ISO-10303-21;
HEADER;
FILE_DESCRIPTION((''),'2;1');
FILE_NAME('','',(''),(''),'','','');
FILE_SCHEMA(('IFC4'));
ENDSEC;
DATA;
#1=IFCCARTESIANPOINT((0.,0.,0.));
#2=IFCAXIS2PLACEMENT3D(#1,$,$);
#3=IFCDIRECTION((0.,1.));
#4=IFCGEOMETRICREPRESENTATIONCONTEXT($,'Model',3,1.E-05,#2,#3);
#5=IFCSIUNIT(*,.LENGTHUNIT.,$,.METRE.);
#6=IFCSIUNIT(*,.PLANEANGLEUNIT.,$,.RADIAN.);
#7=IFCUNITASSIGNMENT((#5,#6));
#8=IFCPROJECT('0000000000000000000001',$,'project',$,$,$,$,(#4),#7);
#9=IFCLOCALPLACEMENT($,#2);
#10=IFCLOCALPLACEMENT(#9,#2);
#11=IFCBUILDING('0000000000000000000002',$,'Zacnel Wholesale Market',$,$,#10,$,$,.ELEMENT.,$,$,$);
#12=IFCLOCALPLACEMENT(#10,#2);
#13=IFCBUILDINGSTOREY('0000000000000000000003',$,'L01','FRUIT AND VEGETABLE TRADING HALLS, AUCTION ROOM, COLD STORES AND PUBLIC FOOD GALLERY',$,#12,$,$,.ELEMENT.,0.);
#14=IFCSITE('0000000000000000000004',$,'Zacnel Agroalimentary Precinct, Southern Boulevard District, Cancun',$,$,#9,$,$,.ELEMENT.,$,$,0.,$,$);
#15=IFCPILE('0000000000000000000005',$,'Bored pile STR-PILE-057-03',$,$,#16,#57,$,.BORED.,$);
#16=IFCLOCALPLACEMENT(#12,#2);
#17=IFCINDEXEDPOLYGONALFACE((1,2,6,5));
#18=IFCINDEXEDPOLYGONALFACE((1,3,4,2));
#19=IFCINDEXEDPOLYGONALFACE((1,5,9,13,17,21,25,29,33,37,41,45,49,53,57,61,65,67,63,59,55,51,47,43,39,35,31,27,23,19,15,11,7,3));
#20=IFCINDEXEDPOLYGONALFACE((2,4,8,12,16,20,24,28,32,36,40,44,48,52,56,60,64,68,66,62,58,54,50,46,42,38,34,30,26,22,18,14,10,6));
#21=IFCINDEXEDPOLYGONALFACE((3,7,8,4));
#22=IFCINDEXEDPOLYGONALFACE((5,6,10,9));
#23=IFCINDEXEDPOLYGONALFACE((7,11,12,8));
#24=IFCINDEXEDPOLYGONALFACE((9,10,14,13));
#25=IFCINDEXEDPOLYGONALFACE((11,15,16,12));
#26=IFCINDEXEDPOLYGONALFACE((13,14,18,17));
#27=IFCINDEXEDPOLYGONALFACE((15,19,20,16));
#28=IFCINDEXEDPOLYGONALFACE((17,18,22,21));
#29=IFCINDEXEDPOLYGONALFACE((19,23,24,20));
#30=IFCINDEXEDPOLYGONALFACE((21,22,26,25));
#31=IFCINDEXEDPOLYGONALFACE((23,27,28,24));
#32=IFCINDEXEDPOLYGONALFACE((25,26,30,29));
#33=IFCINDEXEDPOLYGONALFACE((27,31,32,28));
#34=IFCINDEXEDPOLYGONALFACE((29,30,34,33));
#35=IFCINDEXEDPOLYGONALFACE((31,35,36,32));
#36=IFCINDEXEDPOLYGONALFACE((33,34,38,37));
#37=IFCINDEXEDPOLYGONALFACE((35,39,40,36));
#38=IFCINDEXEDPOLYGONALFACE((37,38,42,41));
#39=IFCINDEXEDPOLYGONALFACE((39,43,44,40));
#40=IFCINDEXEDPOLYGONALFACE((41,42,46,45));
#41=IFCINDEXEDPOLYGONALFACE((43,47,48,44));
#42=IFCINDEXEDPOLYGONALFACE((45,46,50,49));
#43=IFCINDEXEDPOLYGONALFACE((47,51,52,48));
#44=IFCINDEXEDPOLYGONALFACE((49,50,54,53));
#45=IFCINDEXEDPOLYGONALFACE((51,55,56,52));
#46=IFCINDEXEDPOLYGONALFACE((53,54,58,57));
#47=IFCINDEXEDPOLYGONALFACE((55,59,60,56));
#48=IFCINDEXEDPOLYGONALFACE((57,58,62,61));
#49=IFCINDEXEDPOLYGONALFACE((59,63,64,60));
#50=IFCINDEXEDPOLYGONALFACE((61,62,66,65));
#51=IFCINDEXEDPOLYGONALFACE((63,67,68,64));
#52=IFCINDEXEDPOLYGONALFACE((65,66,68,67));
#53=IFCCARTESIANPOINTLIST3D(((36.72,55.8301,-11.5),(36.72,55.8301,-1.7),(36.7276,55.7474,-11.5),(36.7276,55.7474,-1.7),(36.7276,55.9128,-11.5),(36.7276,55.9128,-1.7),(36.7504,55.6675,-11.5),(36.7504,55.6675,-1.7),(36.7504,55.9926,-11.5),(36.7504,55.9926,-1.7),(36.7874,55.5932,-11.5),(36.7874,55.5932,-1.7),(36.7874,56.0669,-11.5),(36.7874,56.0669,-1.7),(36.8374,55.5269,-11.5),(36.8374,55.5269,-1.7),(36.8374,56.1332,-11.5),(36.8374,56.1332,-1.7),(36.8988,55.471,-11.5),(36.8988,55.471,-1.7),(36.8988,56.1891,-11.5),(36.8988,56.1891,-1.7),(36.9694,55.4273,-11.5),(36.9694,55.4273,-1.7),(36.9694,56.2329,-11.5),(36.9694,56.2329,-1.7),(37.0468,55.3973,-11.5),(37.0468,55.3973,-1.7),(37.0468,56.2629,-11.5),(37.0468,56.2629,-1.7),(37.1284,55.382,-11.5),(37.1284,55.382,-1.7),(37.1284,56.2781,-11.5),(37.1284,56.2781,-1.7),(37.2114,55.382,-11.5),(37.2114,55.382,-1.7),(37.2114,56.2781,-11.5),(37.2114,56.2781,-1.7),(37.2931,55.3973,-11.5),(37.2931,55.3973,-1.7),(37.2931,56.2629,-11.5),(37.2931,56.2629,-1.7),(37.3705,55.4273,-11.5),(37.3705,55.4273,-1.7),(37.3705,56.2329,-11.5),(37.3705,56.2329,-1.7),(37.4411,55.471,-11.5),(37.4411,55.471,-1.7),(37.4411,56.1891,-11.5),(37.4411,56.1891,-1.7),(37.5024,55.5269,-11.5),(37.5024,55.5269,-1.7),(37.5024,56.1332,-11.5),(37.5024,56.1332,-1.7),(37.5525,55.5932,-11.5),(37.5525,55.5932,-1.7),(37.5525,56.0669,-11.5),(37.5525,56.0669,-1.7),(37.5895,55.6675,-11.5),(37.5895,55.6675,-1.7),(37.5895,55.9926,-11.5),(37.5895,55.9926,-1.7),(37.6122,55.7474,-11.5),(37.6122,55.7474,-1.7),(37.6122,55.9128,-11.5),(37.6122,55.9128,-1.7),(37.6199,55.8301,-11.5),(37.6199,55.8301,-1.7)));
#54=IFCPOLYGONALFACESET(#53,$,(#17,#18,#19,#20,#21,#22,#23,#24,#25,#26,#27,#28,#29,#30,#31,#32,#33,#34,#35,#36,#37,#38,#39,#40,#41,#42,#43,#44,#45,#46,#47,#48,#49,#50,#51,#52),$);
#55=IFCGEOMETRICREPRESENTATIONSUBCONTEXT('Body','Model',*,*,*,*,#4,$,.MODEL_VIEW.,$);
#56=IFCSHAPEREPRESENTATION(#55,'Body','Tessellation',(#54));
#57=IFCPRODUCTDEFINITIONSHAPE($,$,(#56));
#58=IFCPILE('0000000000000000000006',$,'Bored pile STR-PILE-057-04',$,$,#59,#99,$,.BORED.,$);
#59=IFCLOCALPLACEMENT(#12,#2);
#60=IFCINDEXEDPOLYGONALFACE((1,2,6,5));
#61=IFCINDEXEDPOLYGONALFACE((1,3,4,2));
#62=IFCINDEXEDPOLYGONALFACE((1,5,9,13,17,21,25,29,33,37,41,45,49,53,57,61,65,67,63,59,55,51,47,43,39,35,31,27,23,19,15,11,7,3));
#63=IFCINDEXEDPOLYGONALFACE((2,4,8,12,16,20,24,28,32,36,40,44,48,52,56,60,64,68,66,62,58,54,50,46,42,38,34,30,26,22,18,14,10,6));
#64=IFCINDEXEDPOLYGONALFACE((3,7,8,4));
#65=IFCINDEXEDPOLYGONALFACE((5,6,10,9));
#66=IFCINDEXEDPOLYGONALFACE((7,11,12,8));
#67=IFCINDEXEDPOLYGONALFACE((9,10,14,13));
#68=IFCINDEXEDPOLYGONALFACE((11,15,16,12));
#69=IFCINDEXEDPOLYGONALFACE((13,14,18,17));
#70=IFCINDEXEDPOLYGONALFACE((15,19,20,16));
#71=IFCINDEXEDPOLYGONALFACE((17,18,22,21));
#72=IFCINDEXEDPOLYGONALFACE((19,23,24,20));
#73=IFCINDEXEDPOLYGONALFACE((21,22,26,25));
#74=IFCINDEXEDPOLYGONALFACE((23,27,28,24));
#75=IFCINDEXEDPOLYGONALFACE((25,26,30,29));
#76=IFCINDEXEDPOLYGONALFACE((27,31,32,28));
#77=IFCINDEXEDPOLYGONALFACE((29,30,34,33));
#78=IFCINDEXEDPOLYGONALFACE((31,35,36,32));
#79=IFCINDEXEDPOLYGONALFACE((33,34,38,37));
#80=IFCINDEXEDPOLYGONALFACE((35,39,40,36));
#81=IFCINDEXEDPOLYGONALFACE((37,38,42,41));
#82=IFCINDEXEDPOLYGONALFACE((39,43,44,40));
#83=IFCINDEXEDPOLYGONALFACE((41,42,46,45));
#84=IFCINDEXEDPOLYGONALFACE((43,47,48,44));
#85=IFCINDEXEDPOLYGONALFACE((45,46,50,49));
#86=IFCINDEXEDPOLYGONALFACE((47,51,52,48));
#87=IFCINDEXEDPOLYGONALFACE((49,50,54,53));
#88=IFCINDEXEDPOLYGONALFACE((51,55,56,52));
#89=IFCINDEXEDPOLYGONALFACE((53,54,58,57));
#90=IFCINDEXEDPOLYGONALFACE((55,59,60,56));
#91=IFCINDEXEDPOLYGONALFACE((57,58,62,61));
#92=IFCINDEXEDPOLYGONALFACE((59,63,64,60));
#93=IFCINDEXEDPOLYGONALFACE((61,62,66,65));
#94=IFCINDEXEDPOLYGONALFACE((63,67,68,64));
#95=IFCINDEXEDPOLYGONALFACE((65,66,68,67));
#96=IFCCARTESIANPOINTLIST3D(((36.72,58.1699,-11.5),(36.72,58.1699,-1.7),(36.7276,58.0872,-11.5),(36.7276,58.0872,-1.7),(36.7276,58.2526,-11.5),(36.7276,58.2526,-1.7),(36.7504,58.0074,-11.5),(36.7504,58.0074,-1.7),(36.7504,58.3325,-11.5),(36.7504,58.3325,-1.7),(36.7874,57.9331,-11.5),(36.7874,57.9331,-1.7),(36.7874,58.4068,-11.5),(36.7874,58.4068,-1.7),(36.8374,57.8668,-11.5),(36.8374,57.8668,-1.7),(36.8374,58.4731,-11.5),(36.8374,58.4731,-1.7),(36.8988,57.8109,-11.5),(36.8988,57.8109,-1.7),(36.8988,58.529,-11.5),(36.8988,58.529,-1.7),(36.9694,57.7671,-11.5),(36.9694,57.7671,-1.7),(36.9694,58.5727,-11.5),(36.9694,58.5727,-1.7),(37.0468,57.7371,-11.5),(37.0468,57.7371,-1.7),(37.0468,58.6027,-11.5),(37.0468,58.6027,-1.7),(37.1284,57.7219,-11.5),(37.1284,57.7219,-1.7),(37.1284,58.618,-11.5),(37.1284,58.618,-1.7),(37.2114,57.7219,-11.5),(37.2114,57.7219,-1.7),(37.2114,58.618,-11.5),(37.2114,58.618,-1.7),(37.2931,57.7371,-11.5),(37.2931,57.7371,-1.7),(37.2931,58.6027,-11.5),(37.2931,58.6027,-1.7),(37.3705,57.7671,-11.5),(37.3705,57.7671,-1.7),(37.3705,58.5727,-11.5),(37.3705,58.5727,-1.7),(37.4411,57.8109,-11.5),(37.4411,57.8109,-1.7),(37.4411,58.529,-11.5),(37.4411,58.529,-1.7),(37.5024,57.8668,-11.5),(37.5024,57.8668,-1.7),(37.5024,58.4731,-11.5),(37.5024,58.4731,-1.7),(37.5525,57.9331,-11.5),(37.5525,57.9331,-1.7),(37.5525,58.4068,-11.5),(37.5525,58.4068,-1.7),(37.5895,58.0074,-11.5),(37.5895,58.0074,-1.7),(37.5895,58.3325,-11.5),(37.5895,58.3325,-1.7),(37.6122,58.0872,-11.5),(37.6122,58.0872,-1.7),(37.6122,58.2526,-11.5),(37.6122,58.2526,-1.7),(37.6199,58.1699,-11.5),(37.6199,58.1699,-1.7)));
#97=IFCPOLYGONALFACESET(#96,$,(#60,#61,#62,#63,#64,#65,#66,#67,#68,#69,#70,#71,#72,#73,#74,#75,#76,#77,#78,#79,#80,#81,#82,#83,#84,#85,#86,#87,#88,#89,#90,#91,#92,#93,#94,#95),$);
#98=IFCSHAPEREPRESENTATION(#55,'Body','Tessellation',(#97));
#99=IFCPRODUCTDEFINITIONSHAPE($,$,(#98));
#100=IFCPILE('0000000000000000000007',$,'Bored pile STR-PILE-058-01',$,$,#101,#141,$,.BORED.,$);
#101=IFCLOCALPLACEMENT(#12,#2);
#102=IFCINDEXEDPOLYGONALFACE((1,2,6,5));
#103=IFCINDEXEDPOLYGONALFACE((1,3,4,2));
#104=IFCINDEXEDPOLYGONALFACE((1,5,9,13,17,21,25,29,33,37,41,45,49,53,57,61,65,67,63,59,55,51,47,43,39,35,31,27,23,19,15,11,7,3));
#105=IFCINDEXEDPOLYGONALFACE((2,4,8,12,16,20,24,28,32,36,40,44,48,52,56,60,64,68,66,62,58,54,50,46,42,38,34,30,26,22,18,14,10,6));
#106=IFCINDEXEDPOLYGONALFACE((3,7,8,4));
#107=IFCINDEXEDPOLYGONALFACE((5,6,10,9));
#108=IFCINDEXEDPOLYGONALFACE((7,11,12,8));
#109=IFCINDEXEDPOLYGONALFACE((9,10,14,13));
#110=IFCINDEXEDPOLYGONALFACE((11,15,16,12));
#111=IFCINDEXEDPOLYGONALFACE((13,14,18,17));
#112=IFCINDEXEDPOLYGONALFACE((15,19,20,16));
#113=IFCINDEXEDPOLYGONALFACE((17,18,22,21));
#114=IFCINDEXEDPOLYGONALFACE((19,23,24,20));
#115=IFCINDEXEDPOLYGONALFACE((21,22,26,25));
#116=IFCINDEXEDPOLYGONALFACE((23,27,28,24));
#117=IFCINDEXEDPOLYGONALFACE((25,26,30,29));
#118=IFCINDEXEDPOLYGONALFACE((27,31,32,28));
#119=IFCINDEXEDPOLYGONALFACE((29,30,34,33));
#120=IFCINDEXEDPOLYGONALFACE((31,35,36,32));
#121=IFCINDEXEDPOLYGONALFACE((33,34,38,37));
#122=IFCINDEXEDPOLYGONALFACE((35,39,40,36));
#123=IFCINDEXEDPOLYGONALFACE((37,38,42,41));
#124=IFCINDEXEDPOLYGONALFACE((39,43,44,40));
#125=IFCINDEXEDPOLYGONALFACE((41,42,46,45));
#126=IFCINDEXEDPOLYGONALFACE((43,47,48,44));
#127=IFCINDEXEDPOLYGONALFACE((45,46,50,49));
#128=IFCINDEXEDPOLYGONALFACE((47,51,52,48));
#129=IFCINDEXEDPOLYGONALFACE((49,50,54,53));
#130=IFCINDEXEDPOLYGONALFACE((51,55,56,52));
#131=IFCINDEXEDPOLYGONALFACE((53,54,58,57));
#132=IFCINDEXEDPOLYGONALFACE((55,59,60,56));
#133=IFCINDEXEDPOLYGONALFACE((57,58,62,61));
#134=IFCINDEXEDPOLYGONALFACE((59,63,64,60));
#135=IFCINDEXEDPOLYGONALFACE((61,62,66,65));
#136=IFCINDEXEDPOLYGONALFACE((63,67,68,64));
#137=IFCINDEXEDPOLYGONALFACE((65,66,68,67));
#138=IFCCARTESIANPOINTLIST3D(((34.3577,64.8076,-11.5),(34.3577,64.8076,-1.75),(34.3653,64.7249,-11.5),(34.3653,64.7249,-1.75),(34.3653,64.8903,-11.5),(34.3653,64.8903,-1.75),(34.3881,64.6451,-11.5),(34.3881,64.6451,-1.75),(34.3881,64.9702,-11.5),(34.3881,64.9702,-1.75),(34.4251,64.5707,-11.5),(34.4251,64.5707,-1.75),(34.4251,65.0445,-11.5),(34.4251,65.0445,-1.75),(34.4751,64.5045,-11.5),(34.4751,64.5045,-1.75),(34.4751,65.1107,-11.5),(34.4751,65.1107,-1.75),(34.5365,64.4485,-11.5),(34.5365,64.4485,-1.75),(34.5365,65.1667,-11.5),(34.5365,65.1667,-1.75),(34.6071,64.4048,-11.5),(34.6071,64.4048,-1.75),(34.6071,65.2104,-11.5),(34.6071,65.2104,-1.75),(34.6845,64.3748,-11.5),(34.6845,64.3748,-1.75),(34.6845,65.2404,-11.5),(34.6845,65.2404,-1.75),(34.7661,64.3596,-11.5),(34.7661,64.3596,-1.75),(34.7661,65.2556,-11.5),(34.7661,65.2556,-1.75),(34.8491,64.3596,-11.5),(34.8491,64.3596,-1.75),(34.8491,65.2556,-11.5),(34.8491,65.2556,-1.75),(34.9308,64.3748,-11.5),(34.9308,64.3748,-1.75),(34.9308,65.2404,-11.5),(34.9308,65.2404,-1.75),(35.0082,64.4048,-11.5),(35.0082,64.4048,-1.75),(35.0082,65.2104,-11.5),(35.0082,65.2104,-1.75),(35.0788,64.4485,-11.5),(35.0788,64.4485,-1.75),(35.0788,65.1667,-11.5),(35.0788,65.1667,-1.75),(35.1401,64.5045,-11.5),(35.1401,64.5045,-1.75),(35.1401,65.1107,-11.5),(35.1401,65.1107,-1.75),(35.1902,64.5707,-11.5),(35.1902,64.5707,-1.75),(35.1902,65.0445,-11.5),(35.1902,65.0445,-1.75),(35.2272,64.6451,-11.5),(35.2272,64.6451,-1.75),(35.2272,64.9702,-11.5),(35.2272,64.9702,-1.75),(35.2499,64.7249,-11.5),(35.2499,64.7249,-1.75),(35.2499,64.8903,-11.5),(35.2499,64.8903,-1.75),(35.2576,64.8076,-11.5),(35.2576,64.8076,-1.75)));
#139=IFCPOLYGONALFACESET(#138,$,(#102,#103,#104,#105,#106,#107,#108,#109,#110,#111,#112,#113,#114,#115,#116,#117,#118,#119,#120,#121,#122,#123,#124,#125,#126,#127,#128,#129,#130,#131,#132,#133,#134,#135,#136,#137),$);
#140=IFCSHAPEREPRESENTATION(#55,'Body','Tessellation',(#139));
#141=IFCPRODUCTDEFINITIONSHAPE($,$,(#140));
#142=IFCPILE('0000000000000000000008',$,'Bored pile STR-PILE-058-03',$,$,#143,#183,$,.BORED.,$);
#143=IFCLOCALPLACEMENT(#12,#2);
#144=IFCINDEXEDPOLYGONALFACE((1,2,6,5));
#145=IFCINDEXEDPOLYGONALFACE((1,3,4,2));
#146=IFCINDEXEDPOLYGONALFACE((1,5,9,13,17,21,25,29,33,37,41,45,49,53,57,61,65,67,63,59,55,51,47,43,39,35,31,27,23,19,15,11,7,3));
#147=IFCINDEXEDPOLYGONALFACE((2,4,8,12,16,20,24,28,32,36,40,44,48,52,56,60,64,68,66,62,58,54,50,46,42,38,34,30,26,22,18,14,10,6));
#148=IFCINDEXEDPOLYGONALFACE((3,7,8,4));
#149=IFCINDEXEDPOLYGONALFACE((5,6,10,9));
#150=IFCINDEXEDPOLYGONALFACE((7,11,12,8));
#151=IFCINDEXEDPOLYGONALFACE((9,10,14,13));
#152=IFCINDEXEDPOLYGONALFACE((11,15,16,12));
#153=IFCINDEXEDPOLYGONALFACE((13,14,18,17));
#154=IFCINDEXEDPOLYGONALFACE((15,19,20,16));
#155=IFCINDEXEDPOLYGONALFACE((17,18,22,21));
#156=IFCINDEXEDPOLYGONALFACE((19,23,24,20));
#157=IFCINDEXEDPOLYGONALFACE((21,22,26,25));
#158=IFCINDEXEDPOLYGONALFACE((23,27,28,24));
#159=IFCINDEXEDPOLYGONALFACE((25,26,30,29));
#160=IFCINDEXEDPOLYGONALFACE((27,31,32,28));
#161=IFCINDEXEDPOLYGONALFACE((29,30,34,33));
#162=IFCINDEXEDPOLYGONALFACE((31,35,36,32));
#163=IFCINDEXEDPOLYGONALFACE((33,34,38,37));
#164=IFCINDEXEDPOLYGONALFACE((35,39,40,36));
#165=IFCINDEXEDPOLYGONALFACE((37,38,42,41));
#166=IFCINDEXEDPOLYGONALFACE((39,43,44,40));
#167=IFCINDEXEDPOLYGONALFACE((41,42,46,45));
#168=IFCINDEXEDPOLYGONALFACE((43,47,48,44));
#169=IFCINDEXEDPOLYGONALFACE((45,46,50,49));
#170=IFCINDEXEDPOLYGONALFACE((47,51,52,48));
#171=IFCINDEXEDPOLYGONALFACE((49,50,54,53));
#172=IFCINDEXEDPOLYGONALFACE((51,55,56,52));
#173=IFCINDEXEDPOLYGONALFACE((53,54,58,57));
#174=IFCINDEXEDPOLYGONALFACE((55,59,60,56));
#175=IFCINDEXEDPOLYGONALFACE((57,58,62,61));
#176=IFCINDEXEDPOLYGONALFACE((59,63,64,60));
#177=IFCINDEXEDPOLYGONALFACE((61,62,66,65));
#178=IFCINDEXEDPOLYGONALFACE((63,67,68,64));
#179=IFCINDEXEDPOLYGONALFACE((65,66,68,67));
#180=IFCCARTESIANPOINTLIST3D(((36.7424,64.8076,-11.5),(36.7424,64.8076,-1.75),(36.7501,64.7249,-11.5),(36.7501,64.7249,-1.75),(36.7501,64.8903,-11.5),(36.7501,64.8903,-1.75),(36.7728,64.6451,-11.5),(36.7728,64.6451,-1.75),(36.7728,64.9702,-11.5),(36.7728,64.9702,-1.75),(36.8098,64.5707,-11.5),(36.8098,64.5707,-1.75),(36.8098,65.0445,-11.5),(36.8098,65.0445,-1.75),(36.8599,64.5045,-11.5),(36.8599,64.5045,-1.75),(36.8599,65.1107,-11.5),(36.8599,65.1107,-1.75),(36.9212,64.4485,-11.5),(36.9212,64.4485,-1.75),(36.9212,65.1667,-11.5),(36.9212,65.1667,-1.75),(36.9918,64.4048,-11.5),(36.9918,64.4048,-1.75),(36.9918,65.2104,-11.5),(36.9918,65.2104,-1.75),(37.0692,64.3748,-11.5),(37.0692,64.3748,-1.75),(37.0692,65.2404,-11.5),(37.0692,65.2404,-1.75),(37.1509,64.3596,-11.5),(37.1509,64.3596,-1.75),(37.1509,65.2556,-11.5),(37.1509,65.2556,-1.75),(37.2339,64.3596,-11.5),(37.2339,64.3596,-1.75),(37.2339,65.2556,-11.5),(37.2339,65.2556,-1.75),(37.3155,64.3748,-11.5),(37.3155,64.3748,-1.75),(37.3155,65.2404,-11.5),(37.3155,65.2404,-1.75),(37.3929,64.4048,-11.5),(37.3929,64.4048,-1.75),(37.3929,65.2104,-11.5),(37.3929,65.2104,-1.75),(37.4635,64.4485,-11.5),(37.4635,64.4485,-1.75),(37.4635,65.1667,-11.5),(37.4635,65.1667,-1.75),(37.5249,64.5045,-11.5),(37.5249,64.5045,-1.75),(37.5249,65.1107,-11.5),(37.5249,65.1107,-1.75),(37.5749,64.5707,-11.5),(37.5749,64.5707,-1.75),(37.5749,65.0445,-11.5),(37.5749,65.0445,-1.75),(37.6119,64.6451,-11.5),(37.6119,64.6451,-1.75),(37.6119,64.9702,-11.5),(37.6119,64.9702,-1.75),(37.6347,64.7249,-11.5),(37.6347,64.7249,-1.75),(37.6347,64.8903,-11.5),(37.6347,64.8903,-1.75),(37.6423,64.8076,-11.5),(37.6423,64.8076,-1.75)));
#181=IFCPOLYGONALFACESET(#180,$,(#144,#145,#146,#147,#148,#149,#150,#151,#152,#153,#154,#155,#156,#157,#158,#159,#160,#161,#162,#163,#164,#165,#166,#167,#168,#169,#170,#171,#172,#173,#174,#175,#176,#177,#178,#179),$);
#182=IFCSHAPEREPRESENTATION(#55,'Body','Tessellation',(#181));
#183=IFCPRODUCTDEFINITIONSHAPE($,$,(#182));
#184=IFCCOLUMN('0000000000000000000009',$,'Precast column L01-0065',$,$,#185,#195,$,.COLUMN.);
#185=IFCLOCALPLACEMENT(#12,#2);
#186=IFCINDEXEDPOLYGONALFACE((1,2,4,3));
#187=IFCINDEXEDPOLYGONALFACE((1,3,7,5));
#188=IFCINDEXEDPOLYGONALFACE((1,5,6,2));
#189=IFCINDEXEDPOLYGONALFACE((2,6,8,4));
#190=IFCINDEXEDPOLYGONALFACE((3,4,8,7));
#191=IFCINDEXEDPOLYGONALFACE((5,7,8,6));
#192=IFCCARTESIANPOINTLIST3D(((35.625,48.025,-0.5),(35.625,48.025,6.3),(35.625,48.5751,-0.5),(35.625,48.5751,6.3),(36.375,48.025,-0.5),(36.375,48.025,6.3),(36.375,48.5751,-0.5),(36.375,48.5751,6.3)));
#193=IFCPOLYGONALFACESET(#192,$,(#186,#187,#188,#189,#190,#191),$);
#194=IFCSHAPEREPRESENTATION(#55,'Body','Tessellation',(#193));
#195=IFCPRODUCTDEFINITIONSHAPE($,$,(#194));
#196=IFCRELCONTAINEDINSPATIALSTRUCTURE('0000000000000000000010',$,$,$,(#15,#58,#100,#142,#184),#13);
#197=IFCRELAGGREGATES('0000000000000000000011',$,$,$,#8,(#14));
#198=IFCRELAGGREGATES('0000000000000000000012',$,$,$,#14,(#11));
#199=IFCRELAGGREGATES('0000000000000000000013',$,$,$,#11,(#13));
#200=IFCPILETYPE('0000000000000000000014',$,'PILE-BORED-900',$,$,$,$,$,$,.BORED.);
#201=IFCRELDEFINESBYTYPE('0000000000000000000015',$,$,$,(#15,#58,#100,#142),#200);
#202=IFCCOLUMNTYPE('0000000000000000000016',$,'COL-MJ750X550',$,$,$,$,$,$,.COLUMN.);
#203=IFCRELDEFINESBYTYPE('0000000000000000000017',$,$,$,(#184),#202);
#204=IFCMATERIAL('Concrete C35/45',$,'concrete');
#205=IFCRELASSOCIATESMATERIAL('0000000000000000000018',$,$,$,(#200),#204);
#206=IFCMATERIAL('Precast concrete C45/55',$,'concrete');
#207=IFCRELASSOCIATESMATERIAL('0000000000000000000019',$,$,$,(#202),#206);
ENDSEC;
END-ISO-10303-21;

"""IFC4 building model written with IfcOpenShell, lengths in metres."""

from ifc_helpers import new_model, si_unit, direction, frame, origin, origin_2d, place, context, subcontext, project, spatial, rectangle, circle, extrude, material, material_profile, profile_set, type_object, element, save


model = new_model("IFC4")

# Units and contexts
model_context = context("Model", 3, precision=1e-05, world=origin(), true_north=direction((0.0, 1.0)))
body_context = subcontext(model_context, "Body", "Model", "MODEL_VIEW")
ifc_project = project(units=[si_unit("LENGTHUNIT", "METRE"), si_unit("PLANEANGLEUNIT", "RADIAN")], contexts=[model_context])

# Site, building, storey
site_placement = place(None, origin())
site = spatial("IfcSite", under=ifc_project, at=site_placement, Name="Zacnel Agroalimentary Precinct, Southern Boulevard District, Cancun", CompositionType="ELEMENT", RefElevation=0.0)
building_placement = place(site_placement, origin())
building = spatial("IfcBuilding", under=site, at=building_placement, Name="Zacnel Wholesale Market", CompositionType="ELEMENT")
storey_placement = place(building_placement, origin())
storey = spatial("IfcBuildingStorey", under=building, at=storey_placement, Name="L01", Description="FRUIT AND VEGETABLE TRADING HALLS, AUCTION ROOM, COLD STORES AND PUBLIC FOOD GALLERY", CompositionType="ELEMENT", Elevation=0.0)

# Piles
ifc_material_1 = material(Name="Concrete C35/45", Category="concrete")
ifc_material_profile_1 = material_profile(ifc_material_1, circle(Radius=0.45, at=origin_2d()), Name="BORED PILE D900")
ifc_profile_set_1 = profile_set([ifc_material_profile_1], Name="Concrete C35/45")
pile_type = type_object("IfcPileType", Name="PILE-BORED-900", PredefinedType="BORED", material=ifc_profile_set_1)
for number, where, z_axis, x_axis, name in (
    (1, (37.1699, 55.8301, -1.7), (0.0, 0.0, -1.0), (1.0, 0.0, 0.0), "Bored pile STR-PILE-057-03"),
    (2, (37.1699, 58.1699, -1.7), (0.0, 0.0, -1.0), (1.0, 0.0, 0.0), "Bored pile STR-PILE-057-04"),
):
    element("IfcPile", number, at=place(storey_placement, frame(where, z_axis=z_axis, x_axis=x_axis)), inside=storey, type_object=pile_type, Name=name, PredefinedType="BORED", context=body_context, shape_type="SweptSolid", body=[
        extrude(circle(Radius=0.45, at=origin_2d()), origin(), (0.0, 0.0, 1.0), 9.8),
    ])
for number, where, z_axis, x_axis, name in (
    (3, (34.8076, 64.8076, -1.75), (0.0, 0.0, -1.0), (1.0, 0.0, 0.0), "Bored pile STR-PILE-058-01"),
    (4, (37.1924, 64.8076, -1.75), (0.0, 0.0, -1.0), (1.0, 0.0, 0.0), "Bored pile STR-PILE-058-03"),
):
    element("IfcPile", number, at=place(storey_placement, frame(where, z_axis=z_axis, x_axis=x_axis)), inside=storey, type_object=pile_type, Name=name, PredefinedType="BORED", context=body_context, shape_type="SweptSolid", body=[
        extrude(circle(Radius=0.45, at=origin_2d()), origin(), (0.0, 0.0, 1.0), 9.75),
    ])

# Column
ifc_material_2 = material(Name="Precast concrete C45/55", Category="concrete")
ifc_material_profile_2 = material_profile(ifc_material_2, rectangle(XDim=0.75, YDim=0.55, at=origin_2d()), Name="PC 750x550")
ifc_profile_set_2 = profile_set([ifc_material_profile_2], Name="Precast concrete C45/55")
column_type_1 = type_object("IfcColumnType", Name="COL-MJ750X550", PredefinedType="COLUMN", material=ifc_profile_set_2)
column_placement = place(storey_placement, frame((36.0, 48.3, -0.5), z_axis=(0.0, 0.0, 1.0), x_axis=(1.0, 0.0, 0.0)))
element("IfcColumn", 5, at=column_placement, inside=storey, type_object=column_type_1, Name="Precast column L01-0065", PredefinedType="COLUMN", context=body_context, shape_type="SweptSolid", body=[
    extrude(rectangle(XDim=0.75, YDim=0.55, at=origin_2d()), origin(), (0.0, 0.0, 1.0), 6.8),
])

save(model, "model.ifc")
